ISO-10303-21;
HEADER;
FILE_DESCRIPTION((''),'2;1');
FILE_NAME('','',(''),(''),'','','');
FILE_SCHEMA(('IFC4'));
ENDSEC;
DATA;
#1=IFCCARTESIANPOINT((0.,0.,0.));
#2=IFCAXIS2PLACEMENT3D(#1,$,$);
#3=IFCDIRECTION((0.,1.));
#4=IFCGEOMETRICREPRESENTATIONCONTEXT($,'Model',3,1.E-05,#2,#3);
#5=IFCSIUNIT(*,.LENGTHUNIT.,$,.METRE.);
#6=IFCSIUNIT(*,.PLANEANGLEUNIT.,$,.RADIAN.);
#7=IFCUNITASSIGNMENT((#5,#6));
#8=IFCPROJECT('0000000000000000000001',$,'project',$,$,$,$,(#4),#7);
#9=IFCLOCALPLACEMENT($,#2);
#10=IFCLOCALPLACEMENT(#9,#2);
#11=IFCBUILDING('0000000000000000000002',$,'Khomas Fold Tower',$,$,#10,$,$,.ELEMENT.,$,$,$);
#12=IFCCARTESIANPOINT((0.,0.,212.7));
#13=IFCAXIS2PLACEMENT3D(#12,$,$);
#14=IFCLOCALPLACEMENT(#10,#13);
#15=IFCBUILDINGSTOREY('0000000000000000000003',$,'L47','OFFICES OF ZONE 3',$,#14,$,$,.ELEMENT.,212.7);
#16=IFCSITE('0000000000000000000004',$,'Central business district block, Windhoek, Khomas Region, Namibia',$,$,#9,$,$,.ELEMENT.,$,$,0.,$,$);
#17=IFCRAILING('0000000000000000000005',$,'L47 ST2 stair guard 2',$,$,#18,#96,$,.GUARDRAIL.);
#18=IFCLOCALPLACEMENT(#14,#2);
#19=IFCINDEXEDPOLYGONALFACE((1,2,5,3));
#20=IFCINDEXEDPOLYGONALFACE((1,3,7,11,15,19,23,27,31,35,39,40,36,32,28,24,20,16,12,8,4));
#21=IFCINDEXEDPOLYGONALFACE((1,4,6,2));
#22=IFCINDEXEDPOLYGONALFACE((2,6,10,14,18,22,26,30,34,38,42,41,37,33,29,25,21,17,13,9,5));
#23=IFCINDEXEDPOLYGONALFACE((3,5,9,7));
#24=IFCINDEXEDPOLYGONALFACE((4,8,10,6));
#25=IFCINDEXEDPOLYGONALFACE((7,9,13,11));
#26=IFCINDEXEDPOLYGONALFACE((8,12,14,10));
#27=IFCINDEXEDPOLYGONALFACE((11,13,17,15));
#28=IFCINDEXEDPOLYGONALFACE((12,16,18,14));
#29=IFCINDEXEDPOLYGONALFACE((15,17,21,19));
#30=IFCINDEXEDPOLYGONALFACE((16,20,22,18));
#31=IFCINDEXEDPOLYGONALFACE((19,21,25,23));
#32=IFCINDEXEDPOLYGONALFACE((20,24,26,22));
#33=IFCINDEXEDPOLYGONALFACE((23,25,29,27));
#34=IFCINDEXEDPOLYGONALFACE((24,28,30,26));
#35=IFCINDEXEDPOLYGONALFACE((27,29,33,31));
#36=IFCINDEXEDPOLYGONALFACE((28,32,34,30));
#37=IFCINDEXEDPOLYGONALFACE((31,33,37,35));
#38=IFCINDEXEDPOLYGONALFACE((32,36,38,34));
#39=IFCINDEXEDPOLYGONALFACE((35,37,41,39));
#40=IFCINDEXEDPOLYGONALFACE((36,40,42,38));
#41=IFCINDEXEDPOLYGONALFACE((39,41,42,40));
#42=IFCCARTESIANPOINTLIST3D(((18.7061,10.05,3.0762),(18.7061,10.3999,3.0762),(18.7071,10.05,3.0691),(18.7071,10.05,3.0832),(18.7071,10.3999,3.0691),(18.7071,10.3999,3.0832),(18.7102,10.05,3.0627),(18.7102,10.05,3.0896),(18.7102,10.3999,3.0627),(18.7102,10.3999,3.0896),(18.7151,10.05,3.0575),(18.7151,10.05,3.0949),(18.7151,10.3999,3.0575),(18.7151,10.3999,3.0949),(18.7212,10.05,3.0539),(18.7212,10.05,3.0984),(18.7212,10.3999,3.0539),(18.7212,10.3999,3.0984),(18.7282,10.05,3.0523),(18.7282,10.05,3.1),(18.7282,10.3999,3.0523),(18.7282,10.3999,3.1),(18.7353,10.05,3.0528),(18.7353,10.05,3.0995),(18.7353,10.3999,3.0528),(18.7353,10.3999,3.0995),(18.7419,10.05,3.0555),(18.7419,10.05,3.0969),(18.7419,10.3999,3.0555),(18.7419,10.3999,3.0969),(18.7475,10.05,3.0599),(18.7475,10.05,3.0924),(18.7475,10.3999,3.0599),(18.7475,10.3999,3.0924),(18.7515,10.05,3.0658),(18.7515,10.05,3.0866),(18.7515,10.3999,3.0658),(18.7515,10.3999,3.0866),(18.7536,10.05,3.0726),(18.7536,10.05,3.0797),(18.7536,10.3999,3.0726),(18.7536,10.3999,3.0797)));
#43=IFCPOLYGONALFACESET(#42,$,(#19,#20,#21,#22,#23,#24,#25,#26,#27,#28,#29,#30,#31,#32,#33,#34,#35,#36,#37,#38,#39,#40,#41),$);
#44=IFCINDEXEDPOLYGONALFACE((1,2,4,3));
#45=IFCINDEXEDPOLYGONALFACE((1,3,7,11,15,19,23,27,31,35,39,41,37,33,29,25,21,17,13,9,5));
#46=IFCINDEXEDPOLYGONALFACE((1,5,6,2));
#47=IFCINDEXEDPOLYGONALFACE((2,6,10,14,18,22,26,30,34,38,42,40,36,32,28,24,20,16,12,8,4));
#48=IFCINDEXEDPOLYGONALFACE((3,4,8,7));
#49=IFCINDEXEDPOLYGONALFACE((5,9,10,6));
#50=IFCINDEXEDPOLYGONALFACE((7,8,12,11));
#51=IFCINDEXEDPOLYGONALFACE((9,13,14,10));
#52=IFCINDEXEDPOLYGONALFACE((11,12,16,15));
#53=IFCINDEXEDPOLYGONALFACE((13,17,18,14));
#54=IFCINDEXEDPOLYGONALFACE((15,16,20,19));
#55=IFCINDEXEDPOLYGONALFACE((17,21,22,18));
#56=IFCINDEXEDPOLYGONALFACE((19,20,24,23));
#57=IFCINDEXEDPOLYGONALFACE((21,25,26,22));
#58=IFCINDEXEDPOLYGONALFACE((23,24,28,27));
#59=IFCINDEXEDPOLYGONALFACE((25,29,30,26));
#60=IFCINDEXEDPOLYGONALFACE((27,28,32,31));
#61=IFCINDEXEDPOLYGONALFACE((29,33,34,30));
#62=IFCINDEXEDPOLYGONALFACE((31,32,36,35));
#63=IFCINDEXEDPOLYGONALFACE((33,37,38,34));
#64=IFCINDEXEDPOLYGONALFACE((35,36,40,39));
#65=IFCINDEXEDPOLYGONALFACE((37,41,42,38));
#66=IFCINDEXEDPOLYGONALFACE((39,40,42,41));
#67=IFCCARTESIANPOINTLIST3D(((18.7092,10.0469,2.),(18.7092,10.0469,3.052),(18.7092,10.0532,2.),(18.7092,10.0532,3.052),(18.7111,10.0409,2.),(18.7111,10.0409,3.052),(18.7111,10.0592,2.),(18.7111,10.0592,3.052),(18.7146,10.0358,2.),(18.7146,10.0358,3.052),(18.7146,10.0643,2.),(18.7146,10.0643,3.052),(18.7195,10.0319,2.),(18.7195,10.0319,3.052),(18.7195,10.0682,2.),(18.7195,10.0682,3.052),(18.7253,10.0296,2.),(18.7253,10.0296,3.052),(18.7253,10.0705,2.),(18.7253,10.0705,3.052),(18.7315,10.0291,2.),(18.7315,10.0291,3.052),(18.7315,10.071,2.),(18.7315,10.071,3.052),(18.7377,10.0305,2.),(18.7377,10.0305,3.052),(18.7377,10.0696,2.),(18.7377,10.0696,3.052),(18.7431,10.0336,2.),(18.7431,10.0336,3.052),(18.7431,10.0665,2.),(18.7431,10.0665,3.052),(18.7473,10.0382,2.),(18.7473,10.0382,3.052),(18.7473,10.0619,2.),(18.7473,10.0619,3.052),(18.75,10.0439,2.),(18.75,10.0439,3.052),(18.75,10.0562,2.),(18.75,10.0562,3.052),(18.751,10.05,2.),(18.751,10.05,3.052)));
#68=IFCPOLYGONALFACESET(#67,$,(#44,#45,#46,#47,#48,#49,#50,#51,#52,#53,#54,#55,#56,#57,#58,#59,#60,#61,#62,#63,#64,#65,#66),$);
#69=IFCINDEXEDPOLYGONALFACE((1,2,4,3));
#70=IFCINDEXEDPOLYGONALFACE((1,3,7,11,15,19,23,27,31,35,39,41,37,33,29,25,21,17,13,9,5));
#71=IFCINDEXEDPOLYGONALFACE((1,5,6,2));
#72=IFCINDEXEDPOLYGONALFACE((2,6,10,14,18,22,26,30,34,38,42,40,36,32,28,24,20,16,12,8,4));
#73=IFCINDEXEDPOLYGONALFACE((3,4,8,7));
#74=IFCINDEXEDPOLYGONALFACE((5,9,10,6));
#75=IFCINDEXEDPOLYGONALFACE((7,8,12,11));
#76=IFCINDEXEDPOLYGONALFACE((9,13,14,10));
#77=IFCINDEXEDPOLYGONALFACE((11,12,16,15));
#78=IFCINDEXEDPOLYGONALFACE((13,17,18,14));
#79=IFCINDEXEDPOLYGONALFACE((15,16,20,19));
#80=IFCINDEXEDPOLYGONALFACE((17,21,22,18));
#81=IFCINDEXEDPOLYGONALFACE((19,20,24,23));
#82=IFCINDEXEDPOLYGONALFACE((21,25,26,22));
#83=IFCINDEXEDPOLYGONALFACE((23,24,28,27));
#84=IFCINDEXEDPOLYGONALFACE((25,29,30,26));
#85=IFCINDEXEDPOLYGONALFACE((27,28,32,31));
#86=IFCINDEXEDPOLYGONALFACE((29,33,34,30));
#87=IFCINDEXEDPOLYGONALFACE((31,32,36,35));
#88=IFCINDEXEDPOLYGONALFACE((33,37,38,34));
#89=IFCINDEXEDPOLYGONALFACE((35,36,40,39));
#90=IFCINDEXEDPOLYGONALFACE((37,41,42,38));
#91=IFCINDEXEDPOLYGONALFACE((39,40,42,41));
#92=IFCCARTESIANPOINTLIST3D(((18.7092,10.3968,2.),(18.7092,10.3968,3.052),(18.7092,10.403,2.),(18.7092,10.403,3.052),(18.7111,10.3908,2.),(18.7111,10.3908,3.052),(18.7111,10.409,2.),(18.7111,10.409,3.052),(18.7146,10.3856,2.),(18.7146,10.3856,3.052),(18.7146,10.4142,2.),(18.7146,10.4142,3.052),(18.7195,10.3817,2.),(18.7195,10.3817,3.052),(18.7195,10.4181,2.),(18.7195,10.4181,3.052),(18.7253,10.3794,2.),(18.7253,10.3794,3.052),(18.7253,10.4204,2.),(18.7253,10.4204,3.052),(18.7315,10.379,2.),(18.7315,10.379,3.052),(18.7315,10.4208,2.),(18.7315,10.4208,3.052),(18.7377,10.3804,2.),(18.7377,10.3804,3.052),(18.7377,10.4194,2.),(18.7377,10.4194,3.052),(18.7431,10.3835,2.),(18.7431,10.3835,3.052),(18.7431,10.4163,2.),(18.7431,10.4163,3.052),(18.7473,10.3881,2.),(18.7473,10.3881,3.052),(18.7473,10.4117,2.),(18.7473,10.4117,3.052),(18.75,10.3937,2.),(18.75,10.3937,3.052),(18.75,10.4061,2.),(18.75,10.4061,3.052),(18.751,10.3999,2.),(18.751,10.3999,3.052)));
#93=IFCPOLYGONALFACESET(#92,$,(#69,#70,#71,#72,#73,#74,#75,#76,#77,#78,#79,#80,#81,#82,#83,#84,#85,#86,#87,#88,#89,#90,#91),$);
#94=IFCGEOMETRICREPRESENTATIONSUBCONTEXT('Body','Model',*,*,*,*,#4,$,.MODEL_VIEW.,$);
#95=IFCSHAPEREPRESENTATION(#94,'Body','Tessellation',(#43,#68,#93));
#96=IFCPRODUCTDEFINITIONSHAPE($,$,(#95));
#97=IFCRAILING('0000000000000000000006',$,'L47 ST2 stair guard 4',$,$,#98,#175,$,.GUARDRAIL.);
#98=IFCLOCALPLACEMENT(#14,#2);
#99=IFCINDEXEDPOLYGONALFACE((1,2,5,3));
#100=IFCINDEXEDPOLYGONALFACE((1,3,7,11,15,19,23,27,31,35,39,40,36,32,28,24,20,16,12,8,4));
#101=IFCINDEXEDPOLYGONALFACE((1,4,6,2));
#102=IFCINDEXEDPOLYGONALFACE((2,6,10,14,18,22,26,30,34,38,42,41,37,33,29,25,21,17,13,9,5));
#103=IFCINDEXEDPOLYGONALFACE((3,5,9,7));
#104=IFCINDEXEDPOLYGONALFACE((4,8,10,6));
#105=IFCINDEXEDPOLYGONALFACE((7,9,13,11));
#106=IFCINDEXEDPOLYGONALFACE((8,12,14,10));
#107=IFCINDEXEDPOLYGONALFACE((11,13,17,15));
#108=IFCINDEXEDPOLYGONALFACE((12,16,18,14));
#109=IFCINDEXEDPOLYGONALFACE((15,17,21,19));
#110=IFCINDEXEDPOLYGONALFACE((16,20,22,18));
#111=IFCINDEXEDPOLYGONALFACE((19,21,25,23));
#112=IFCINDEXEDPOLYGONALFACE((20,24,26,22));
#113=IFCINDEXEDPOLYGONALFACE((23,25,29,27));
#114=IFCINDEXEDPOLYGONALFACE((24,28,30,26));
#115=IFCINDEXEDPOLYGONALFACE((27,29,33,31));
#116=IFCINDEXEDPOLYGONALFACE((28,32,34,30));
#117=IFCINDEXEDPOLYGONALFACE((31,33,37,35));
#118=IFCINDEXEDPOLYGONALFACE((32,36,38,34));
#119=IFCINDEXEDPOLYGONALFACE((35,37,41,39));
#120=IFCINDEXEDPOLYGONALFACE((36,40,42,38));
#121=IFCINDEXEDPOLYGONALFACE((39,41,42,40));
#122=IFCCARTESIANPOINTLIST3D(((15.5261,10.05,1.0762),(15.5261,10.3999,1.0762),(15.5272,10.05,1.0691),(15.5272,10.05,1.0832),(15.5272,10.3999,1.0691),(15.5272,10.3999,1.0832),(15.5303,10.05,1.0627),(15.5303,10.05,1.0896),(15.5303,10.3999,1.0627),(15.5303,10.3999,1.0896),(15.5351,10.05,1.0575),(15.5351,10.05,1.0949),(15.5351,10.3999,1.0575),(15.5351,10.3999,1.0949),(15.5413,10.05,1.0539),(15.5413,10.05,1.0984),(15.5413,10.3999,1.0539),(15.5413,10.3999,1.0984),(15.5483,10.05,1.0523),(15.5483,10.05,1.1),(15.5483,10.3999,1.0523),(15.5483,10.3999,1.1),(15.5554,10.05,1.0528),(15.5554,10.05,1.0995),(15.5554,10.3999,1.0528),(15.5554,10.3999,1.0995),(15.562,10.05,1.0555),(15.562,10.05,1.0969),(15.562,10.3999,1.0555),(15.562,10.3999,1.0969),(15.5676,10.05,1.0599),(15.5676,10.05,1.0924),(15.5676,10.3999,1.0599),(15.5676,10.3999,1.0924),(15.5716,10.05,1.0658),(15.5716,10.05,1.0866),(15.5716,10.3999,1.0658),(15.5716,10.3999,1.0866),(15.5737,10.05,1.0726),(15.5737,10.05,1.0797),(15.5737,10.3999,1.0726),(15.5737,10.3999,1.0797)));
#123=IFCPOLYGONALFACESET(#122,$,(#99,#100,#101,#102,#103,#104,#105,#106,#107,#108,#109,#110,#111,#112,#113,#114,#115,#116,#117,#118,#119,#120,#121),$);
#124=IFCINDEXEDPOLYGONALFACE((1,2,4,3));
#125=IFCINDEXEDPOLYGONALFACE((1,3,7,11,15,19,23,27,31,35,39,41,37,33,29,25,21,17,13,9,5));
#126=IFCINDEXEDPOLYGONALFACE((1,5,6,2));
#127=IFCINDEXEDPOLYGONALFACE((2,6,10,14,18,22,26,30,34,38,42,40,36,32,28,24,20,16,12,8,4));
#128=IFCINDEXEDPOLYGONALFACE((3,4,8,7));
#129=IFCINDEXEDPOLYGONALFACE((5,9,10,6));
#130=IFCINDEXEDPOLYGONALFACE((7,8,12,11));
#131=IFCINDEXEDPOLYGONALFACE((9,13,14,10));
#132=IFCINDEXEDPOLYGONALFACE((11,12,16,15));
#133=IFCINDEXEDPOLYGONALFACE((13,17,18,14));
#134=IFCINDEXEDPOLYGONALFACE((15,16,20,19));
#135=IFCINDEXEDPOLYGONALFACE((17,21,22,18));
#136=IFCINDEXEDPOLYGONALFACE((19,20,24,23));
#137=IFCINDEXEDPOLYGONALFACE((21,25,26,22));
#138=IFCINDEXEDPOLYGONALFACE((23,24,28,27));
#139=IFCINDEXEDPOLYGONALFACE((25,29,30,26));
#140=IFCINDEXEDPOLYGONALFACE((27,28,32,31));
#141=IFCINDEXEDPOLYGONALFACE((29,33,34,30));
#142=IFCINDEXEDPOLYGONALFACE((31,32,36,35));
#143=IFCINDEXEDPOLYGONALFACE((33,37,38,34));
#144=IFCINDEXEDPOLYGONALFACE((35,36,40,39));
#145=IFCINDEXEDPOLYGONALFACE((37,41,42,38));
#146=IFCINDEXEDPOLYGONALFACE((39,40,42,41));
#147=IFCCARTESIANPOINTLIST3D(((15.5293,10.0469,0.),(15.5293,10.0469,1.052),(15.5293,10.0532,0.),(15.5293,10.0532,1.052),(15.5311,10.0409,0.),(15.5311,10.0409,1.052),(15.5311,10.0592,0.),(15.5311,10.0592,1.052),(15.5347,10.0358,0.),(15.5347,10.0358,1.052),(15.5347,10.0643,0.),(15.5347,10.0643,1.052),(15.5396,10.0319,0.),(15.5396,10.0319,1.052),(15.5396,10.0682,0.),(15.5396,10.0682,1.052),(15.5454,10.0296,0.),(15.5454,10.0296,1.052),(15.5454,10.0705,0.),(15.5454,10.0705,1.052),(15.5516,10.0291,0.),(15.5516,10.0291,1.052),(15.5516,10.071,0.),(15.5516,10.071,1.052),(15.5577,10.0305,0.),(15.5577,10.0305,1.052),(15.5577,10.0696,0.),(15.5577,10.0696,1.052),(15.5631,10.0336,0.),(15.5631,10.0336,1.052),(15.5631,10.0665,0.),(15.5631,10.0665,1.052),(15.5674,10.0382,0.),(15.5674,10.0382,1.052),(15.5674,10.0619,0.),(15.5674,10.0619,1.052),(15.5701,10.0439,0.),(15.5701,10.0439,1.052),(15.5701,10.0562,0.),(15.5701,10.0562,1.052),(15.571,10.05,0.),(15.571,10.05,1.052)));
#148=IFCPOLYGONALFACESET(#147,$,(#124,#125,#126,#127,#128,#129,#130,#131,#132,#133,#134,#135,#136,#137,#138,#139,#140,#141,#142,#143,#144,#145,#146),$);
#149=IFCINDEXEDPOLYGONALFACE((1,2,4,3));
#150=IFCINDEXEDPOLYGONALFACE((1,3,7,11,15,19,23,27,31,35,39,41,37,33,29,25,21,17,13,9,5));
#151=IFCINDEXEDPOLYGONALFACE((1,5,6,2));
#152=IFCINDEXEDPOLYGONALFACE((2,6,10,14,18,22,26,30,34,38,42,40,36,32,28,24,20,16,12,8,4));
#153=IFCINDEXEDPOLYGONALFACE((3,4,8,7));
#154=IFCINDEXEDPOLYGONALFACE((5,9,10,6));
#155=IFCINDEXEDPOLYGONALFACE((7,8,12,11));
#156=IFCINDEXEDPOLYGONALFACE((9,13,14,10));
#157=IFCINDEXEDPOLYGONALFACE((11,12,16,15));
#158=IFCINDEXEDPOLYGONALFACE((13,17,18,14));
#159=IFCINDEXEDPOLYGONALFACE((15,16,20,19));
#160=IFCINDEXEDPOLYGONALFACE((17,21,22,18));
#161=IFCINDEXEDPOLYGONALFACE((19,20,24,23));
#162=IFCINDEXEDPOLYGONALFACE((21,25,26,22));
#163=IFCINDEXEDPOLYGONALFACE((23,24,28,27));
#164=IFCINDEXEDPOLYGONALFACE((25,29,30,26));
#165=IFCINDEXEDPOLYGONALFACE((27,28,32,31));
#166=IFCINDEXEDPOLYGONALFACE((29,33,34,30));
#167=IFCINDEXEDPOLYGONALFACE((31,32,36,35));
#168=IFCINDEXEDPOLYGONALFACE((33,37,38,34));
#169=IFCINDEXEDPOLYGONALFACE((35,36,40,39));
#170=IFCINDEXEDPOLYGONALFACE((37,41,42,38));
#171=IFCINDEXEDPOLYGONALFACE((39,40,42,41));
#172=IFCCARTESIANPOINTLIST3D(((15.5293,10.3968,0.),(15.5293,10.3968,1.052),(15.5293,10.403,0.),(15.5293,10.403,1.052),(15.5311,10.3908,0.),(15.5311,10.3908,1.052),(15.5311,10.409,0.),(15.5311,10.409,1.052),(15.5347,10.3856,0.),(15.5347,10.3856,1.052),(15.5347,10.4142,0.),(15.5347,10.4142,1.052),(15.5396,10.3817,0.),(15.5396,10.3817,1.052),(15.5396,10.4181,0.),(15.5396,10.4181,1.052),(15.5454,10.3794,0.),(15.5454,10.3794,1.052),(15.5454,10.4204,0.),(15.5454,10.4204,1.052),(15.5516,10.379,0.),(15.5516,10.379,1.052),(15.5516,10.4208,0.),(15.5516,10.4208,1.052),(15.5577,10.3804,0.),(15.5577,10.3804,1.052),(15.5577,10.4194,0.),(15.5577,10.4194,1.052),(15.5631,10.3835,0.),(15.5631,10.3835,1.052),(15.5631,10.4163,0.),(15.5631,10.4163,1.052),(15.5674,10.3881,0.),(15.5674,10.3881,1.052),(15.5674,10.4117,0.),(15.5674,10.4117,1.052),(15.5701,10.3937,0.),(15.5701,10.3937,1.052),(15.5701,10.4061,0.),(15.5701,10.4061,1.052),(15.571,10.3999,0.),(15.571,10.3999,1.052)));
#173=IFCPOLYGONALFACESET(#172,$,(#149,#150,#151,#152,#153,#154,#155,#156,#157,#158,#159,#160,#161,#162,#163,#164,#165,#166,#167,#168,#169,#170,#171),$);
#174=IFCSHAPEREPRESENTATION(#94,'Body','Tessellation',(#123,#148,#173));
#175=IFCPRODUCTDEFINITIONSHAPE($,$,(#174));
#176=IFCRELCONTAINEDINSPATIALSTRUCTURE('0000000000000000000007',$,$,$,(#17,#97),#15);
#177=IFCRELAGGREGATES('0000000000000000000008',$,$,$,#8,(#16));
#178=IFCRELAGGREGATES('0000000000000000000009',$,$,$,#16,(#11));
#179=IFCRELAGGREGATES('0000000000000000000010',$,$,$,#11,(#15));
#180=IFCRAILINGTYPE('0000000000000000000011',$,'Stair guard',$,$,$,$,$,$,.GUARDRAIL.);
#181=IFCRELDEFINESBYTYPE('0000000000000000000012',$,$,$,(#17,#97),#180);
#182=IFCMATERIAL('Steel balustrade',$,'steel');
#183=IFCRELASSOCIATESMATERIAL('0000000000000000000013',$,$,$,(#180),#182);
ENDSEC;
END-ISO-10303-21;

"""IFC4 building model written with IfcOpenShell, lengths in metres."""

from ifc_helpers import new_model, si_unit, direction, frame, origin, origin_2d, place, context, subcontext, project, spatial, circle, extrude, source, transform, mapped, material, type_object, element, save


model = new_model("IFC4")

# Units and contexts
model_context = context("Model", 3, precision=1e-05, world=origin(), true_north=direction((0.0, 1.0)))
body_context = subcontext(model_context, "Body", "Model", "MODEL_VIEW")
ifc_project = project(units=[si_unit("LENGTHUNIT", "METRE"), si_unit("PLANEANGLEUNIT", "RADIAN")], contexts=[model_context])

# Site, building, storey
site_placement = place(None, origin())
site = spatial("IfcSite", under=ifc_project, at=site_placement, Name="Central business district block, Windhoek, Khomas Region, Namibia", CompositionType="ELEMENT", RefElevation=0.0)
building_placement = place(site_placement, origin())
building = spatial("IfcBuilding", under=site, at=building_placement, Name="Khomas Fold Tower", CompositionType="ELEMENT")
storey_placement = place(building_placement, frame((0.0, 0.0, 212.7)))
storey = spatial("IfcBuildingStorey", under=building, at=storey_placement, Name="L47", Description="OFFICES OF ZONE 3", CompositionType="ELEMENT", Elevation=212.7)

# Railings
ifc_material_1 = material(Name="Steel balustrade", Category="steel")
railing_type_1 = type_object("IfcRailingType", Name="Stair guard", PredefinedType="GUARDRAIL", material=ifc_material_1)
shared_shape_1 = source(origin(), body_context, "Body", "SweptSolid", [
    extrude(circle(Radius=0.0239, at=origin_2d()), frame((0.0, 0.0, 1.0762), z_axis=(0.0, 1.0, 0.0), x_axis=(-1.0, 0.0, 0.0)), (0.0, 0.0, 1.0), 0.3499),
    extrude(circle(Radius=0.021, at=origin_2d()), origin(), (0.0, 0.0, 1.0), 1.052),
    extrude(circle(Radius=0.021, at=origin_2d()), frame((0.0, 0.3499, 0.0)), (0.0, 0.0, 1.0), 1.052),
])
for number, where, name in (
    (1, (18.73, 10.05, 2.0), "L47 ST2 stair guard 2"),
    (2, (15.55, 10.05, 0.0), "L47 ST2 stair guard 4"),
):
    element("IfcRailing", number, at=place(storey_placement, frame(where)), inside=storey, type_object=railing_type_1, Name=name, PredefinedType="GUARDRAIL", context=body_context, shape_type="MappedRepresentation", body=[
        mapped(shared_shape_1, transform((0.0, 0.0, 0.0))),
    ])

save(model, "model.ifc")
